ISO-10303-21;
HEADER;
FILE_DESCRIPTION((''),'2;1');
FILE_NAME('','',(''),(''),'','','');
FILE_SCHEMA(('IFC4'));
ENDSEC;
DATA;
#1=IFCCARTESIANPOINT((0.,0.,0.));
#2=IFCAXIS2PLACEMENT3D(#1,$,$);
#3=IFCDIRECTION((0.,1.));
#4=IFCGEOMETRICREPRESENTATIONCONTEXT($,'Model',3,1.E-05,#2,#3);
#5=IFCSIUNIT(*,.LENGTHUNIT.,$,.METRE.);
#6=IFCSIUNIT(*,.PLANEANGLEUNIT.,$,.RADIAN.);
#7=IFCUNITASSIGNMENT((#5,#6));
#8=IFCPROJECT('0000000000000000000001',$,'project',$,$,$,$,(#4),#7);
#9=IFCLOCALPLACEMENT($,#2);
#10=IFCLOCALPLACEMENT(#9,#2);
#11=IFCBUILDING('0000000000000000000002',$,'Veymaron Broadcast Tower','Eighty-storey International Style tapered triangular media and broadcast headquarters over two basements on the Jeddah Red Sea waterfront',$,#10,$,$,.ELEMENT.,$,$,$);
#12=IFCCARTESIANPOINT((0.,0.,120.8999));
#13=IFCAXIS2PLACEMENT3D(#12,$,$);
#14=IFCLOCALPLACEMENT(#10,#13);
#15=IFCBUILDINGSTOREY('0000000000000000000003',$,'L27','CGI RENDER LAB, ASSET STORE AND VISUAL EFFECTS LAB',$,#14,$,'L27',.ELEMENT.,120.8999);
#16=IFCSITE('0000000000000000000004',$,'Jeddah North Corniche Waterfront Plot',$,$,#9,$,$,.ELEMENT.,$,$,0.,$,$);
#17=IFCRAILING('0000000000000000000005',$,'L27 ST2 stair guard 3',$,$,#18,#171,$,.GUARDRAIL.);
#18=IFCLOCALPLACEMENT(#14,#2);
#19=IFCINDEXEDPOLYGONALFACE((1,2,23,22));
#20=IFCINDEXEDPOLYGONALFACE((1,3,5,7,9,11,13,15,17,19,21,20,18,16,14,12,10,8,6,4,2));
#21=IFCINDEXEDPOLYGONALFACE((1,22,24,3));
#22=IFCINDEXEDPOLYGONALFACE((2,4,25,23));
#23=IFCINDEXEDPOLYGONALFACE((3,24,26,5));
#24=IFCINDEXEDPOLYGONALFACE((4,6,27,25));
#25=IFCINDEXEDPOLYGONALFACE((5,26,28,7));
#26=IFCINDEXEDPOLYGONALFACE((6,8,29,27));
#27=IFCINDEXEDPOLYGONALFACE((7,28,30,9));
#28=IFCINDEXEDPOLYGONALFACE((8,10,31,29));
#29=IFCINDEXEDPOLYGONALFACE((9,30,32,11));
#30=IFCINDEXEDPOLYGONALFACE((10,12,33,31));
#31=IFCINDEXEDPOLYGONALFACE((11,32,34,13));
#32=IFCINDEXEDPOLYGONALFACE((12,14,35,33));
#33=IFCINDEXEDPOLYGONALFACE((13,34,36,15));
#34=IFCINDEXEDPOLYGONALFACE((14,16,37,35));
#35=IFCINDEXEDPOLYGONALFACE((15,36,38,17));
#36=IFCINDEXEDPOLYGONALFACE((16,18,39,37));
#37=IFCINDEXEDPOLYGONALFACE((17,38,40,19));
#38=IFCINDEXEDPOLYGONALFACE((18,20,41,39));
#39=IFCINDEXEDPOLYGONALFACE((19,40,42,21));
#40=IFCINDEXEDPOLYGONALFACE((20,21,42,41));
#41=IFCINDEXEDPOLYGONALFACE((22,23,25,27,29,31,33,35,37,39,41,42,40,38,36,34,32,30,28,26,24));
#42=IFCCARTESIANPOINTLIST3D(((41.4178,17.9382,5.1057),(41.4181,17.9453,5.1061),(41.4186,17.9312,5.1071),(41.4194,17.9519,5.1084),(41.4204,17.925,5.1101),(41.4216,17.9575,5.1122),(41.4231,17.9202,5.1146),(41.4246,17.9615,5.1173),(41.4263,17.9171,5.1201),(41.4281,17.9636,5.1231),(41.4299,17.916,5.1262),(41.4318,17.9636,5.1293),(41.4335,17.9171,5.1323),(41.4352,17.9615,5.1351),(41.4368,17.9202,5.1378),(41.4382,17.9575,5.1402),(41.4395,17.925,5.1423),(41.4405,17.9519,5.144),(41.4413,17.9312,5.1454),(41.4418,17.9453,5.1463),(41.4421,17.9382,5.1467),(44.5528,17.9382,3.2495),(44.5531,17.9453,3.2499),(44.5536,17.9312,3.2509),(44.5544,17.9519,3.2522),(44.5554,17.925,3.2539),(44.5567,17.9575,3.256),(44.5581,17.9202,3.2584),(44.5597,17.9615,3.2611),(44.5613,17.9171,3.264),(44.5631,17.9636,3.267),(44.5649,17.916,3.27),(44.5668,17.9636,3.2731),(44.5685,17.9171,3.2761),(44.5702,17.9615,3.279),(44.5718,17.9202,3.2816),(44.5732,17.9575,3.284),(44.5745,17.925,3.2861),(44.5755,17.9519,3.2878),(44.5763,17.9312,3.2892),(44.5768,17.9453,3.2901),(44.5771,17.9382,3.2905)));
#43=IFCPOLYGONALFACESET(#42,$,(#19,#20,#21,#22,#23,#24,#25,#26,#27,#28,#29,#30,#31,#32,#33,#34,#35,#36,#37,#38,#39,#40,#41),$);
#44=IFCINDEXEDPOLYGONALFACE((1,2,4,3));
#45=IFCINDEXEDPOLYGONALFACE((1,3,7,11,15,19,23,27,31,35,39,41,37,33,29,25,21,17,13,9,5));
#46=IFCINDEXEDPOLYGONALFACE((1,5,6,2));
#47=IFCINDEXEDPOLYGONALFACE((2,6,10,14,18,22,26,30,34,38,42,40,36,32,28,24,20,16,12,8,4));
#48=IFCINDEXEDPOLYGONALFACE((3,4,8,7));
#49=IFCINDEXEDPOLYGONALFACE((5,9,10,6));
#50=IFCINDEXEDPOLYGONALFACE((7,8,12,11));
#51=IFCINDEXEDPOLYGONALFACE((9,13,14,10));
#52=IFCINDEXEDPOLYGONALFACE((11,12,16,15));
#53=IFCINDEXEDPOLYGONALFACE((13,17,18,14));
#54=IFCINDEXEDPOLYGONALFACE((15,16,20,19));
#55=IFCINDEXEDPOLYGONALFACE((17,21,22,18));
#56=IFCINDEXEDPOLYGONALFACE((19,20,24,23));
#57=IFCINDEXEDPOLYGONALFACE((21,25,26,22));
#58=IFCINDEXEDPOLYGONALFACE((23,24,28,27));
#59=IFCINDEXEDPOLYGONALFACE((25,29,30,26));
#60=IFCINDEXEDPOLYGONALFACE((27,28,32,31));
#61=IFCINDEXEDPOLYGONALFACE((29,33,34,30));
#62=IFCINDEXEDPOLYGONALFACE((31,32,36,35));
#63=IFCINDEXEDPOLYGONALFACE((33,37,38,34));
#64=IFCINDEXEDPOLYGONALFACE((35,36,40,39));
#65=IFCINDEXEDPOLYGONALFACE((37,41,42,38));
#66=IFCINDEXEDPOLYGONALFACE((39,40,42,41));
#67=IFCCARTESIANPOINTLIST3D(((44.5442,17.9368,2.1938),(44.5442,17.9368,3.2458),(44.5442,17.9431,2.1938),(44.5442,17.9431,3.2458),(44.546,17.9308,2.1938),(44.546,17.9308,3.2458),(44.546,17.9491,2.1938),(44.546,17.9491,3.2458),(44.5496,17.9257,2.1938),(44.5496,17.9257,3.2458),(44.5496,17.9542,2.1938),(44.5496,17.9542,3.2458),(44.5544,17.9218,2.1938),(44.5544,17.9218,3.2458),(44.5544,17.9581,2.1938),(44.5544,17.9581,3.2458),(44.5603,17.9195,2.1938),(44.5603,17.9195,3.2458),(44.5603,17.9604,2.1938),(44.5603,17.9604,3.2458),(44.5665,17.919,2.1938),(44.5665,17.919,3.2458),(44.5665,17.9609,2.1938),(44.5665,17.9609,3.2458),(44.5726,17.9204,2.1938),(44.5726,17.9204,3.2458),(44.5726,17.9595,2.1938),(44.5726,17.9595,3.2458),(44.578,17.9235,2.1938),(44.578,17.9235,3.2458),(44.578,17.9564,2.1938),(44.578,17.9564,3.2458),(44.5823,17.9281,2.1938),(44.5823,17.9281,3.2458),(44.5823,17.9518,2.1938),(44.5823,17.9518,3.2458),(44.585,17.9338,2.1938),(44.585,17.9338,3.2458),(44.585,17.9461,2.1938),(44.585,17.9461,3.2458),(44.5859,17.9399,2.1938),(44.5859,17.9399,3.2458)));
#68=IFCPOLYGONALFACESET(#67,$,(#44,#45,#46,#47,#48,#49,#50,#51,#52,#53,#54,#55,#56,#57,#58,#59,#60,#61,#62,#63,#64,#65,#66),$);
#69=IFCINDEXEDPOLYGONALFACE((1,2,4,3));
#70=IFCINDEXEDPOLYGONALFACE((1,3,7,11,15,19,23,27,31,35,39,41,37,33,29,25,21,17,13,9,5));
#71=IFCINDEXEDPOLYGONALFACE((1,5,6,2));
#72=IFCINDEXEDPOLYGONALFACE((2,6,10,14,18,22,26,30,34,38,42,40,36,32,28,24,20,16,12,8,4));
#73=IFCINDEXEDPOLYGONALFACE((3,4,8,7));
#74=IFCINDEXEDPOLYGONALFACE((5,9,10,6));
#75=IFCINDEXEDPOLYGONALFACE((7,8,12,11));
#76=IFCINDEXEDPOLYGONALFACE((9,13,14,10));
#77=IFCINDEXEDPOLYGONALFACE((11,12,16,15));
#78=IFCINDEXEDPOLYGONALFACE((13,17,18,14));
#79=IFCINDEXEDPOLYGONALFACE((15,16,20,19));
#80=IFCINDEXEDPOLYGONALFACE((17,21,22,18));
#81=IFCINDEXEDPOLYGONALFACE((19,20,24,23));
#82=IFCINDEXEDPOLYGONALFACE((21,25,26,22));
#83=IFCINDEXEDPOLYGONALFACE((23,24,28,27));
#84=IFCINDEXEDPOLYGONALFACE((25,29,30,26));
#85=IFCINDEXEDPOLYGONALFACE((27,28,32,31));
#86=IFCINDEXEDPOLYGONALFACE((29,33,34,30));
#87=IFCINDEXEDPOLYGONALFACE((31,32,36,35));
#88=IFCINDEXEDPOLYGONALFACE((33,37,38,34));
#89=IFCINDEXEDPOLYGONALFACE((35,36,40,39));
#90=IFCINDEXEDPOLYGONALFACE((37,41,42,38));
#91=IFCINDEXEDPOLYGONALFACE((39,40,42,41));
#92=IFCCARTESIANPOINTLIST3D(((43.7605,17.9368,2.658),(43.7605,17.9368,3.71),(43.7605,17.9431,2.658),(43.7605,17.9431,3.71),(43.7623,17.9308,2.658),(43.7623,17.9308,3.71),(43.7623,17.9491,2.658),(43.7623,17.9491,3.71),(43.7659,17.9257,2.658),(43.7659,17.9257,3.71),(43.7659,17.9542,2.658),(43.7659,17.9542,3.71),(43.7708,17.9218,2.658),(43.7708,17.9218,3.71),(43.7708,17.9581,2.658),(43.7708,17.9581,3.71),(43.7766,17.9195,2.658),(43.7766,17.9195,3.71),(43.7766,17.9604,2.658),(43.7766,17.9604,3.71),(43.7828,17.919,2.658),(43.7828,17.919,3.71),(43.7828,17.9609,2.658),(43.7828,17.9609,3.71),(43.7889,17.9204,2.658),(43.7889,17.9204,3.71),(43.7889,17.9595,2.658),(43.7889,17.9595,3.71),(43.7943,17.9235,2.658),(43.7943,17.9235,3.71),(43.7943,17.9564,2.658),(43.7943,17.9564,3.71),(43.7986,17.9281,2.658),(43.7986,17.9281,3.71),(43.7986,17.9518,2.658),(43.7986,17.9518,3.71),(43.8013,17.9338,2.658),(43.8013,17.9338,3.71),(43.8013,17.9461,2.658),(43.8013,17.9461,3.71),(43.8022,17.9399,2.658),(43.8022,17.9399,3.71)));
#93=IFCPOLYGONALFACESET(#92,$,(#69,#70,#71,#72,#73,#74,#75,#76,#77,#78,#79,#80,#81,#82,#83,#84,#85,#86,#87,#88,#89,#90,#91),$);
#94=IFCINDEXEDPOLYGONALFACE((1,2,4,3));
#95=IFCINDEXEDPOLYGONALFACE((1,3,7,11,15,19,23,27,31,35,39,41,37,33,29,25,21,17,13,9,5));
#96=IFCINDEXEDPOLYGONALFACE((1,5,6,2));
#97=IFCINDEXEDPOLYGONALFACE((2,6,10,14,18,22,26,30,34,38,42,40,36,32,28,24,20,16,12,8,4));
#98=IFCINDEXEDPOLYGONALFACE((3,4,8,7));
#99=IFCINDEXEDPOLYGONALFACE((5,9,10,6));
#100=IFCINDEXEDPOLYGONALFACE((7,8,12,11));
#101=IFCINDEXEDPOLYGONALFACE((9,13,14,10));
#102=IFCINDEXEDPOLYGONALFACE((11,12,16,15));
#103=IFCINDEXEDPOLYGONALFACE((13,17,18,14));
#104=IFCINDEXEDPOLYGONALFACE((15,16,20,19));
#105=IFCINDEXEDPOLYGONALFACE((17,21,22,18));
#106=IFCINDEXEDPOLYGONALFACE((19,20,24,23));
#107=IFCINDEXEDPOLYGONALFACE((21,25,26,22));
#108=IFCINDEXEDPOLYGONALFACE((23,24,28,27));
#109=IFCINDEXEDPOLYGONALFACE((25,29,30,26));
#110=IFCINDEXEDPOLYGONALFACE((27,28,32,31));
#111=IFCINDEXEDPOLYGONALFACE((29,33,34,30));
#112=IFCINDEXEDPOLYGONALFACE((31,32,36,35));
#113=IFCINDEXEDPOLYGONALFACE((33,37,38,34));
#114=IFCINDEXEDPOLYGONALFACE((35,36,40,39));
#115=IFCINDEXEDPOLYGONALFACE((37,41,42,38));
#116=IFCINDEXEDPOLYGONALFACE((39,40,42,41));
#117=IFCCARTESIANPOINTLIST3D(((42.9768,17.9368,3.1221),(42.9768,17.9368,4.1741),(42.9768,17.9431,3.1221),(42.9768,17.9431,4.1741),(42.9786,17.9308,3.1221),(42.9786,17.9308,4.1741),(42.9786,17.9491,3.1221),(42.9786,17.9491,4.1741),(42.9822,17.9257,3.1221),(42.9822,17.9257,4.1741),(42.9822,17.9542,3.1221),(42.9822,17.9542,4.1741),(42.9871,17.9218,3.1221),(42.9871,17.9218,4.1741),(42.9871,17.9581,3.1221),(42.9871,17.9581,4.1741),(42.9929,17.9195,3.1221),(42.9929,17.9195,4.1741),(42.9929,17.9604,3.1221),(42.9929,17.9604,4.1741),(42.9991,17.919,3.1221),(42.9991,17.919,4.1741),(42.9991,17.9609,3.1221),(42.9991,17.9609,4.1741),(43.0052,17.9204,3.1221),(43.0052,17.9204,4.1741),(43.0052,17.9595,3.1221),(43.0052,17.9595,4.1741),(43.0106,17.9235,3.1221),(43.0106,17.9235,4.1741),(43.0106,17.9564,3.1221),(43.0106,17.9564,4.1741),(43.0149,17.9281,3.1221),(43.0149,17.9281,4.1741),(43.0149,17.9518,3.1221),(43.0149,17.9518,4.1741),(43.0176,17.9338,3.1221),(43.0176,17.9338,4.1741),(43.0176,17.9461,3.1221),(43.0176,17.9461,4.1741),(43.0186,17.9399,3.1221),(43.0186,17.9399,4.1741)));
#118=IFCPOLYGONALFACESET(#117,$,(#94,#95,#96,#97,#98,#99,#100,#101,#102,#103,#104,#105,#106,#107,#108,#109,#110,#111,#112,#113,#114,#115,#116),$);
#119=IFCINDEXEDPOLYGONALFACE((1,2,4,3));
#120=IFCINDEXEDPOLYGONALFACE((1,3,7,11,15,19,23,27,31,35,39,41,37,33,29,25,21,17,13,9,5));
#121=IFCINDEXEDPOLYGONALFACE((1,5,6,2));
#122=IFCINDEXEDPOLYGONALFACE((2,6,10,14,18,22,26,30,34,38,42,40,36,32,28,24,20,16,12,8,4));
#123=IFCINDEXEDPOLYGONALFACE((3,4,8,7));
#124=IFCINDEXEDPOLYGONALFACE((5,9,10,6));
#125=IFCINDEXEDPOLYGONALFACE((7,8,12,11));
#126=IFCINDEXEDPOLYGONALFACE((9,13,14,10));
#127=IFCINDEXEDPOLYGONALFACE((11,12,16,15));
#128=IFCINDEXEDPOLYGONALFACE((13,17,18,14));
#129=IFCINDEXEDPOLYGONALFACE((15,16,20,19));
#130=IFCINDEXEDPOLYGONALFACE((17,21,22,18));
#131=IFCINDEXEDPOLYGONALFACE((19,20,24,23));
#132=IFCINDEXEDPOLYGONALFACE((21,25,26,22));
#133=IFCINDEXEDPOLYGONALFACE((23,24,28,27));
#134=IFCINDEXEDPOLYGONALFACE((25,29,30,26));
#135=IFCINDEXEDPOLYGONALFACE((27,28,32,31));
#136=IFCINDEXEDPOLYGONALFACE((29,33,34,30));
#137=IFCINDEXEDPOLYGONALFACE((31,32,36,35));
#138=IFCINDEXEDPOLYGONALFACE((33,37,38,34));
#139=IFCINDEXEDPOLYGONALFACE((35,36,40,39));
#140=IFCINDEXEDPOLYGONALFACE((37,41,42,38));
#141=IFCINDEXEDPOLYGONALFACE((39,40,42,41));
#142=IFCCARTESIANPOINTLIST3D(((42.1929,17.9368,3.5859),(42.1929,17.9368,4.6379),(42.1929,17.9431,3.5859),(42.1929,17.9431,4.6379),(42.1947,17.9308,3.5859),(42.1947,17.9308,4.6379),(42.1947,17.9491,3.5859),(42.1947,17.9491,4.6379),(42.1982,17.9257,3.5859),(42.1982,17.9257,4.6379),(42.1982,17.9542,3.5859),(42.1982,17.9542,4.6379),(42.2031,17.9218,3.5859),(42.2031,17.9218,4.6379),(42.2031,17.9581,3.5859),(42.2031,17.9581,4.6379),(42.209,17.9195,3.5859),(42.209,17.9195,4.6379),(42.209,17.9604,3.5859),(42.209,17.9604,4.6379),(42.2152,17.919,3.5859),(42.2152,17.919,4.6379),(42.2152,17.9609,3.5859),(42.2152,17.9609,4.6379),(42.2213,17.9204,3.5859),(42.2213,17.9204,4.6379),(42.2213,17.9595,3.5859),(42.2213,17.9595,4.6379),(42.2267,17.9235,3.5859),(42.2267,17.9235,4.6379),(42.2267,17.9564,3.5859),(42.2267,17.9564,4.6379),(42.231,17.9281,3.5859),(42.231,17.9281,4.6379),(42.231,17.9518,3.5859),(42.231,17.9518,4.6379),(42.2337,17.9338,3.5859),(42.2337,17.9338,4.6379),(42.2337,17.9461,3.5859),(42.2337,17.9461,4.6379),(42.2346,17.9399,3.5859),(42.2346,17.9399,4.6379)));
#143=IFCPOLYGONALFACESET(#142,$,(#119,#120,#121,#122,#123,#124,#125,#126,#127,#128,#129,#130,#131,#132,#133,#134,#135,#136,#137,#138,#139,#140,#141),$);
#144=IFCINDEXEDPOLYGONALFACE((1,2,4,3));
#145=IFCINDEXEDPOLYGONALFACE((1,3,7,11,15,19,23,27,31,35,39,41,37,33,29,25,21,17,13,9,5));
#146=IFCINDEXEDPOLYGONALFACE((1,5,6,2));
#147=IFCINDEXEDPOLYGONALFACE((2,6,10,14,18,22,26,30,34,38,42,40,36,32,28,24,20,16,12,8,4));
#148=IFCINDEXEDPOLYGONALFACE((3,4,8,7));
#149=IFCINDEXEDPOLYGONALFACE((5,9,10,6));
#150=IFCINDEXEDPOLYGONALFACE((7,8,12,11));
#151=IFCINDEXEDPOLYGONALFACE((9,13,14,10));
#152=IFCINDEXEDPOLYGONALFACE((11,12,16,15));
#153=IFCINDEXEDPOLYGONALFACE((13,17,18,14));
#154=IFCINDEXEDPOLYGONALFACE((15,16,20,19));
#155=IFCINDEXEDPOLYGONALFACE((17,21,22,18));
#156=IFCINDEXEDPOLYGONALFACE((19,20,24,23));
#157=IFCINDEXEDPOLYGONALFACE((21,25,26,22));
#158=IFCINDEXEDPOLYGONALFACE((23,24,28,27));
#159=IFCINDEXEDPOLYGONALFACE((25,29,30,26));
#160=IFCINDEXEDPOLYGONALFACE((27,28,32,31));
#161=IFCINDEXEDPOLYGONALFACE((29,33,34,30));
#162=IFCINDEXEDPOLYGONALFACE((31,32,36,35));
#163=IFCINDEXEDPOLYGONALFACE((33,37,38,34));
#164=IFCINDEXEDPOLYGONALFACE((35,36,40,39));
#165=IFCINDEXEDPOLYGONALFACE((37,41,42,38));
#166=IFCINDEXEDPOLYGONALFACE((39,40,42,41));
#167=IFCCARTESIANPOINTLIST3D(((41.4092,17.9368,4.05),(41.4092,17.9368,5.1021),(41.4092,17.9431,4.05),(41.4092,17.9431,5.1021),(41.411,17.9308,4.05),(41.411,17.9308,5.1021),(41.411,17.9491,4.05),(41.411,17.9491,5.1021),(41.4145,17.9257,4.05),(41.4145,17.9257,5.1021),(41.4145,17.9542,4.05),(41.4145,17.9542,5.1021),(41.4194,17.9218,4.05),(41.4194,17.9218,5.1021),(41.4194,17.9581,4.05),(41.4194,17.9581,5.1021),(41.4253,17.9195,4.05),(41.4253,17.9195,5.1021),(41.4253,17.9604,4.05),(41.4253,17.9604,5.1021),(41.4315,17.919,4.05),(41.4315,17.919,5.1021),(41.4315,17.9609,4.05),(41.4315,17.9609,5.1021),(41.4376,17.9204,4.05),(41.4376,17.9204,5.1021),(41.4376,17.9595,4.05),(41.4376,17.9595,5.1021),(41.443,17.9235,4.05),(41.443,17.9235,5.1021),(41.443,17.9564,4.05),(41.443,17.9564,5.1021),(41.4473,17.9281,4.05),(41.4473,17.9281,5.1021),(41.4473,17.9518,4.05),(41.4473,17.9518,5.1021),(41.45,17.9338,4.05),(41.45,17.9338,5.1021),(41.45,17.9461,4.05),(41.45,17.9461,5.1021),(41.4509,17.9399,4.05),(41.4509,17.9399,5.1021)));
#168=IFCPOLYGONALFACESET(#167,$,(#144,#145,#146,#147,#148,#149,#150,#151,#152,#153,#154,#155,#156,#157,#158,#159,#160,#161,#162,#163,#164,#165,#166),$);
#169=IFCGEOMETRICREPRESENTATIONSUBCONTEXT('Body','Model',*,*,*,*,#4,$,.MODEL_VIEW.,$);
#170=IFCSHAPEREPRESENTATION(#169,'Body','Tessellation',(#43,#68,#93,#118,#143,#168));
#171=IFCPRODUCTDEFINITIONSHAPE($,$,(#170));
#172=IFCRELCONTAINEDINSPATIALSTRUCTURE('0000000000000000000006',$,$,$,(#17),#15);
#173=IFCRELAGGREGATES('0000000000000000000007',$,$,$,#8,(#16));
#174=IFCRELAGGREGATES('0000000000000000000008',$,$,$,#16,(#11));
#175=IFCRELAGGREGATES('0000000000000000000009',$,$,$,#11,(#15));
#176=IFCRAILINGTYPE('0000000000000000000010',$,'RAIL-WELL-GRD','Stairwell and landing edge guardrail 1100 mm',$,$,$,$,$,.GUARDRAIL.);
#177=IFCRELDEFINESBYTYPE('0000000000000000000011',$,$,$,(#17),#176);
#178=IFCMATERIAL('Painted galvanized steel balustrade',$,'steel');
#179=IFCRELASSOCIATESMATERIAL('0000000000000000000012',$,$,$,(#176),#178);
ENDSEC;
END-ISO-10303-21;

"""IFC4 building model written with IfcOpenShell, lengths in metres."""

from ifc_helpers import new_model, si_unit, direction, frame, origin, origin_2d, place, context, subcontext, project, spatial, circle, extrude, material, type_object, element, save


model = new_model("IFC4")

# Units and contexts
model_context = context("Model", 3, precision=1e-05, world=origin(), true_north=direction((0.0, 1.0)))
body_context = subcontext(model_context, "Body", "Model", "MODEL_VIEW")
ifc_project = project(units=[si_unit("LENGTHUNIT", "METRE"), si_unit("PLANEANGLEUNIT", "RADIAN")], contexts=[model_context])

# Site, building, storey
site_placement = place(None, origin())
site = spatial("IfcSite", under=ifc_project, at=site_placement, Name="Jeddah North Corniche Waterfront Plot", CompositionType="ELEMENT", RefElevation=0.0)
building_placement = place(site_placement, origin())
building = spatial("IfcBuilding", under=site, at=building_placement, Name="Veymaron Broadcast Tower", Description="Eighty-storey International Style tapered triangular media and broadcast headquarters over two basements on the Jeddah Red Sea waterfront", CompositionType="ELEMENT")
storey_placement = place(building_placement, frame((0.0, 0.0, 120.8999)))
storey = spatial("IfcBuildingStorey", under=building, at=storey_placement, Name="L27", Description="CGI RENDER LAB, ASSET STORE AND VISUAL EFFECTS LAB", LongName="L27", CompositionType="ELEMENT", Elevation=120.8999)

# Railing
ifc_material_1 = material(Name="Painted galvanized steel balustrade", Category="steel")
railing_type_1 = type_object("IfcRailingType", Name="RAIL-WELL-GRD", Description="Stairwell and landing edge guardrail 1100 mm", PredefinedType="GUARDRAIL", material=ifc_material_1)
railing_1_placement = place(storey_placement, frame((44.5649, 17.9399, 2.1938)))
element("IfcRailing", 1, at=railing_1_placement, inside=storey, type_object=railing_type_1, Name="L27 ST2 stair guard 3", PredefinedType="GUARDRAIL", context=body_context, shape_type="SweptSolid", body=[
    extrude(circle(Radius=0.0239, at=origin_2d()), frame((0.0, 0.0, 1.0762), z_axis=(-0.860482, 0.0, 0.509481), x_axis=(0.0, -1.0, 0.0)), (0.0, 0.0, 1.0), 3.6433),
    extrude(circle(Radius=0.021, at=origin_2d()), origin(), (0.0, 0.0, 1.0), 1.052),
    extrude(circle(Radius=0.021, at=origin_2d()), frame((-0.7837, 0.0, 0.4641)), (0.0, 0.0, 1.0), 1.052),
    extrude(circle(Radius=0.021, at=origin_2d()), frame((-1.5674, 0.0, 0.9282)), (0.0, 0.0, 1.0), 1.052),
    extrude(circle(Radius=0.021, at=origin_2d()), frame((-2.3513, 0.0, 1.3921)), (0.0, 0.0, 1.0), 1.052),
    extrude(circle(Radius=0.021, at=origin_2d()), frame((-3.135, 0.0, 1.8562)), (0.0, 0.0, 1.0), 1.052),
])

save(model, "model.ifc")
